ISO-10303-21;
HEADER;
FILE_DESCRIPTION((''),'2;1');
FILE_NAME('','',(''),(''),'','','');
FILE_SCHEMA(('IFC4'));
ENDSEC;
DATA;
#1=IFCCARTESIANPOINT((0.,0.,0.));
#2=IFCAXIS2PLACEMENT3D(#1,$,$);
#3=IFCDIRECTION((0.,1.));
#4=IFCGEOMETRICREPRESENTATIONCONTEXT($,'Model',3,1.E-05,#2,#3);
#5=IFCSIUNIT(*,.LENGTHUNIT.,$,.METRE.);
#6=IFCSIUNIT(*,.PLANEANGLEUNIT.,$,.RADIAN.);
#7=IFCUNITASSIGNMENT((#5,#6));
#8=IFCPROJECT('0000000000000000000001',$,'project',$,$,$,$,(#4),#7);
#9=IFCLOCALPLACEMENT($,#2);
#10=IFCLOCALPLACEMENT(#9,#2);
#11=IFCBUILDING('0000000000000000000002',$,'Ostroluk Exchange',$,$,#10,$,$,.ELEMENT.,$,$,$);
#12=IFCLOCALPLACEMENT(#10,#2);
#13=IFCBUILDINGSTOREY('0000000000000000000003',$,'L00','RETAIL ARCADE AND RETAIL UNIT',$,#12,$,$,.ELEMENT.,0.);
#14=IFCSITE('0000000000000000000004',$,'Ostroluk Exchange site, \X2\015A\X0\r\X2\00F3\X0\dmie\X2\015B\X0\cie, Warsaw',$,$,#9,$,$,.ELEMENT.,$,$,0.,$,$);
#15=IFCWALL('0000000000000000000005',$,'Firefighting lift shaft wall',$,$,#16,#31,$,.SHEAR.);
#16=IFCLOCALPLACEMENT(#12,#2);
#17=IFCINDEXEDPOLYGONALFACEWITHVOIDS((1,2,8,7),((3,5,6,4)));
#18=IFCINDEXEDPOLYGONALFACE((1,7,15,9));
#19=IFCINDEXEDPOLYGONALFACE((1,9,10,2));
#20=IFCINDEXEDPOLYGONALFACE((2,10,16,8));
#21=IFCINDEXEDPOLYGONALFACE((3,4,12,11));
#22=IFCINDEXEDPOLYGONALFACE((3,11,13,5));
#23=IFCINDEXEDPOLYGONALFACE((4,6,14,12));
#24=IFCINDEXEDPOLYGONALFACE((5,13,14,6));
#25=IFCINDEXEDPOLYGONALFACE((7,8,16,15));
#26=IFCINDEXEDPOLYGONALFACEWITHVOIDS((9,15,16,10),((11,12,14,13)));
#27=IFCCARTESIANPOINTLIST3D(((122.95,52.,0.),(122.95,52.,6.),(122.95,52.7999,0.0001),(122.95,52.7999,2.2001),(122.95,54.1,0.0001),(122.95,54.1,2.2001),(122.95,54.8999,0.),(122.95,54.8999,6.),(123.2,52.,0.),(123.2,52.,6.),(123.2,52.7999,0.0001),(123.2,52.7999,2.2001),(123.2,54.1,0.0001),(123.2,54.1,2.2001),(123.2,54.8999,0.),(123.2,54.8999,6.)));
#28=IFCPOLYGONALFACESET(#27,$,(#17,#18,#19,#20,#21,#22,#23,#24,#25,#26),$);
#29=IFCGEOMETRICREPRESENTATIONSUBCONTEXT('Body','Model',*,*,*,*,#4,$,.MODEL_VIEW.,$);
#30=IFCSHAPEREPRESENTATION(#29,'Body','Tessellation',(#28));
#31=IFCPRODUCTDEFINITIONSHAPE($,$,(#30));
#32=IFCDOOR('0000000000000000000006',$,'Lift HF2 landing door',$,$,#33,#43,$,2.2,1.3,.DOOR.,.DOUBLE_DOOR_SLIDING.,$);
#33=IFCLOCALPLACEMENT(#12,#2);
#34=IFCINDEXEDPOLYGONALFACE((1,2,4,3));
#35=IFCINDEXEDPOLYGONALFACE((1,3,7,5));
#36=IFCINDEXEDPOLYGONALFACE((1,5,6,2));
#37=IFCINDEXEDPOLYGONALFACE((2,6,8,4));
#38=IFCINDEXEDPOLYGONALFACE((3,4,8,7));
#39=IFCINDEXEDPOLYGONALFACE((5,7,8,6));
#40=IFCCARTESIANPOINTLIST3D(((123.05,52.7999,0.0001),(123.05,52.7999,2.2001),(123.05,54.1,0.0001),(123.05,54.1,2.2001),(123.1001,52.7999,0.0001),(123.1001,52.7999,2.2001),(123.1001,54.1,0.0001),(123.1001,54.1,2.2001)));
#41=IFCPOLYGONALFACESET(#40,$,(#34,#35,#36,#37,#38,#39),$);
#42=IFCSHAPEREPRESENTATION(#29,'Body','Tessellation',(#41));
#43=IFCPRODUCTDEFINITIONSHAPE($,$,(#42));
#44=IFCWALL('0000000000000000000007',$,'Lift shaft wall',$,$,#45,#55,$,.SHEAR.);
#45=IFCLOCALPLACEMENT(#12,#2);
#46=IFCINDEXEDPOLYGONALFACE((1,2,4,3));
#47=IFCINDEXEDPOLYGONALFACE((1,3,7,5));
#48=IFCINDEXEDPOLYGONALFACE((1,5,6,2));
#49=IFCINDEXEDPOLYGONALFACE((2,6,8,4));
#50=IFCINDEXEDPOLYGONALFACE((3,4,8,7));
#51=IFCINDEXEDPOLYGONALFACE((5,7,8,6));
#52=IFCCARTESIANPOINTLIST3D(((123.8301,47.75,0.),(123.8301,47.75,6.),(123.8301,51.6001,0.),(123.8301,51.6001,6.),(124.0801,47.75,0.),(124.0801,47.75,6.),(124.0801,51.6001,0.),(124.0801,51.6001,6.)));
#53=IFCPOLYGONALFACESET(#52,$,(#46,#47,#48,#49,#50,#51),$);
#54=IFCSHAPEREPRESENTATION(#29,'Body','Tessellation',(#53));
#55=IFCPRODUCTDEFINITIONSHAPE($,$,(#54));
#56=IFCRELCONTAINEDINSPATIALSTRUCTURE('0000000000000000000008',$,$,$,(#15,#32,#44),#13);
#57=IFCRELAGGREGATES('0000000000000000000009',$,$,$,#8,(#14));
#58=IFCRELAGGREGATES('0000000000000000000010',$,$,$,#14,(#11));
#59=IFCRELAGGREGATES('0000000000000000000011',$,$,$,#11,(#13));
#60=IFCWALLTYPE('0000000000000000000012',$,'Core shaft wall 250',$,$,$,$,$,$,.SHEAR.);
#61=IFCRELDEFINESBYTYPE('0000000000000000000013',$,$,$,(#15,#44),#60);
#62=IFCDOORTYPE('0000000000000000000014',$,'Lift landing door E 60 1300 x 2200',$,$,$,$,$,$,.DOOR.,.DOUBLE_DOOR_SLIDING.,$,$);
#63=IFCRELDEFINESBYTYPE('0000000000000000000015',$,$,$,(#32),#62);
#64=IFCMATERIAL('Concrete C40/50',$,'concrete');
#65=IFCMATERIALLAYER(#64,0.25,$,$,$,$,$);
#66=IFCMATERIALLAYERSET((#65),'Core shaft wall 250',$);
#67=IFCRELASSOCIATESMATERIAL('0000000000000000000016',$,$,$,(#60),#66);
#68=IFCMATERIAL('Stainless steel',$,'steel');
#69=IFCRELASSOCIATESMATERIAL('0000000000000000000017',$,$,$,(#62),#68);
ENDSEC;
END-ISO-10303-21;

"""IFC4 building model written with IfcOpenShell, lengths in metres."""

from ifc_helpers import new_model, si_unit, direction, frame, frame_2d, origin, place, context, subcontext, project, spatial, rectangle, extrude, material, layer, layer_set, type_object, element, fill, save


model = new_model("IFC4")

# Units and contexts
model_context = context("Model", 3, precision=1e-05, world=origin(), true_north=direction((0.0, 1.0)))
body_context = subcontext(model_context, "Body", "Model", "MODEL_VIEW")
ifc_project = project(units=[si_unit("LENGTHUNIT", "METRE"), si_unit("PLANEANGLEUNIT", "RADIAN")], contexts=[model_context])

# Site, building, storey
site_placement = place(None, origin())
site = spatial("IfcSite", under=ifc_project, at=site_placement, Name="Ostroluk Exchange site, Śródmieście, Warsaw", CompositionType="ELEMENT", RefElevation=0.0)
building_placement = place(site_placement, origin())
building = spatial("IfcBuilding", under=site, at=building_placement, Name="Ostroluk Exchange", CompositionType="ELEMENT")
storey_placement = place(building_placement, origin())
storey = spatial("IfcBuildingStorey", under=building, at=storey_placement, Name="L00", Description="RETAIL ARCADE AND RETAIL UNIT", CompositionType="ELEMENT", Elevation=0.0)

# Wall, opening, door
ifc_material_1 = material(Name="Concrete C40/50", Category="concrete")
ifc_layer = layer(ifc_material_1, 0.25)
ifc_layer_set = layer_set([ifc_layer], Name="Core shaft wall 250")
wall_type = type_object("IfcWallType", Name="Core shaft wall 250", PredefinedType="SHEAR", material=ifc_layer_set)
wall_1_placement = place(storey_placement, frame((123.075, 52.0, 0.0), z_axis=(0.0, 0.0, 1.0), x_axis=(0.0, 1.0, 0.0)))
wall_1 = element("IfcWall", 1, at=wall_1_placement, inside=storey, type_object=wall_type, Name="Firefighting lift shaft wall", PredefinedType="SHEAR", context=body_context, shape_type="SweptSolid", body=[
    extrude(rectangle(XDim=2.8999, YDim=0.25, at=frame_2d((1.45, 0.0))), origin(), (0.0, 0.0, 1.0), 6.0),
])
opening_placement = place(wall_1_placement, frame((0.8, 0.0, 0.0)))
opening = element("IfcOpeningElement", 2, at=opening_placement, cuts=wall_1, PredefinedType="OPENING", context=body_context, shape_type="SweptSolid", body=[
    extrude(rectangle(XDim=1.3, YDim=2.2, at=frame_2d((0.6499, 1.1001))), frame((0.0, 0.135, 0.0), z_axis=(0.0, -1.0, 0.0), x_axis=(1.0, 0.0, 0.0)), (0.0, 0.0, 1.0), 0.27),
])
ifc_material_2 = material(Name="Stainless steel", Category="steel")
door_type = type_object("IfcDoorType", Name="Lift landing door E 60 1300 x 2200", OperationType="DOUBLE_DOOR_SLIDING", PredefinedType="DOOR", material=ifc_material_2)
door_placement = place(opening_placement, origin())
door = element("IfcDoor", 3, at=door_placement, inside=storey, type_object=door_type, Name="Lift HF2 landing door", OperationType="DOUBLE_DOOR_SLIDING", OverallHeight=2.2, OverallWidth=1.3, PredefinedType="DOOR", context=body_context, shape_type="SweptSolid", body=[
    extrude(rectangle(XDim=1.3, YDim=2.2, at=frame_2d((0.6499, 1.1001))), frame((0.0, 0.0249, 0.0), z_axis=(0.0, -1.0, 0.0), x_axis=(1.0, 0.0, 0.0)), (0.0, 0.0, 1.0), 0.05),
])
fill(opening, door)

# Wall
wall_2_placement = place(storey_placement, frame((123.9551, 47.75, 0.0), z_axis=(0.0, 0.0, 1.0), x_axis=(0.0, 1.0, 0.0)))
element("IfcWall", 4, at=wall_2_placement, inside=storey, type_object=wall_type, Name="Lift shaft wall", PredefinedType="SHEAR", context=body_context, shape_type="SweptSolid", body=[
    extrude(rectangle(XDim=3.8501, YDim=0.25, at=frame_2d((1.925, 0.0))), origin(), (0.0, 0.0, 1.0), 6.0),
])

save(model, "model.ifc")
